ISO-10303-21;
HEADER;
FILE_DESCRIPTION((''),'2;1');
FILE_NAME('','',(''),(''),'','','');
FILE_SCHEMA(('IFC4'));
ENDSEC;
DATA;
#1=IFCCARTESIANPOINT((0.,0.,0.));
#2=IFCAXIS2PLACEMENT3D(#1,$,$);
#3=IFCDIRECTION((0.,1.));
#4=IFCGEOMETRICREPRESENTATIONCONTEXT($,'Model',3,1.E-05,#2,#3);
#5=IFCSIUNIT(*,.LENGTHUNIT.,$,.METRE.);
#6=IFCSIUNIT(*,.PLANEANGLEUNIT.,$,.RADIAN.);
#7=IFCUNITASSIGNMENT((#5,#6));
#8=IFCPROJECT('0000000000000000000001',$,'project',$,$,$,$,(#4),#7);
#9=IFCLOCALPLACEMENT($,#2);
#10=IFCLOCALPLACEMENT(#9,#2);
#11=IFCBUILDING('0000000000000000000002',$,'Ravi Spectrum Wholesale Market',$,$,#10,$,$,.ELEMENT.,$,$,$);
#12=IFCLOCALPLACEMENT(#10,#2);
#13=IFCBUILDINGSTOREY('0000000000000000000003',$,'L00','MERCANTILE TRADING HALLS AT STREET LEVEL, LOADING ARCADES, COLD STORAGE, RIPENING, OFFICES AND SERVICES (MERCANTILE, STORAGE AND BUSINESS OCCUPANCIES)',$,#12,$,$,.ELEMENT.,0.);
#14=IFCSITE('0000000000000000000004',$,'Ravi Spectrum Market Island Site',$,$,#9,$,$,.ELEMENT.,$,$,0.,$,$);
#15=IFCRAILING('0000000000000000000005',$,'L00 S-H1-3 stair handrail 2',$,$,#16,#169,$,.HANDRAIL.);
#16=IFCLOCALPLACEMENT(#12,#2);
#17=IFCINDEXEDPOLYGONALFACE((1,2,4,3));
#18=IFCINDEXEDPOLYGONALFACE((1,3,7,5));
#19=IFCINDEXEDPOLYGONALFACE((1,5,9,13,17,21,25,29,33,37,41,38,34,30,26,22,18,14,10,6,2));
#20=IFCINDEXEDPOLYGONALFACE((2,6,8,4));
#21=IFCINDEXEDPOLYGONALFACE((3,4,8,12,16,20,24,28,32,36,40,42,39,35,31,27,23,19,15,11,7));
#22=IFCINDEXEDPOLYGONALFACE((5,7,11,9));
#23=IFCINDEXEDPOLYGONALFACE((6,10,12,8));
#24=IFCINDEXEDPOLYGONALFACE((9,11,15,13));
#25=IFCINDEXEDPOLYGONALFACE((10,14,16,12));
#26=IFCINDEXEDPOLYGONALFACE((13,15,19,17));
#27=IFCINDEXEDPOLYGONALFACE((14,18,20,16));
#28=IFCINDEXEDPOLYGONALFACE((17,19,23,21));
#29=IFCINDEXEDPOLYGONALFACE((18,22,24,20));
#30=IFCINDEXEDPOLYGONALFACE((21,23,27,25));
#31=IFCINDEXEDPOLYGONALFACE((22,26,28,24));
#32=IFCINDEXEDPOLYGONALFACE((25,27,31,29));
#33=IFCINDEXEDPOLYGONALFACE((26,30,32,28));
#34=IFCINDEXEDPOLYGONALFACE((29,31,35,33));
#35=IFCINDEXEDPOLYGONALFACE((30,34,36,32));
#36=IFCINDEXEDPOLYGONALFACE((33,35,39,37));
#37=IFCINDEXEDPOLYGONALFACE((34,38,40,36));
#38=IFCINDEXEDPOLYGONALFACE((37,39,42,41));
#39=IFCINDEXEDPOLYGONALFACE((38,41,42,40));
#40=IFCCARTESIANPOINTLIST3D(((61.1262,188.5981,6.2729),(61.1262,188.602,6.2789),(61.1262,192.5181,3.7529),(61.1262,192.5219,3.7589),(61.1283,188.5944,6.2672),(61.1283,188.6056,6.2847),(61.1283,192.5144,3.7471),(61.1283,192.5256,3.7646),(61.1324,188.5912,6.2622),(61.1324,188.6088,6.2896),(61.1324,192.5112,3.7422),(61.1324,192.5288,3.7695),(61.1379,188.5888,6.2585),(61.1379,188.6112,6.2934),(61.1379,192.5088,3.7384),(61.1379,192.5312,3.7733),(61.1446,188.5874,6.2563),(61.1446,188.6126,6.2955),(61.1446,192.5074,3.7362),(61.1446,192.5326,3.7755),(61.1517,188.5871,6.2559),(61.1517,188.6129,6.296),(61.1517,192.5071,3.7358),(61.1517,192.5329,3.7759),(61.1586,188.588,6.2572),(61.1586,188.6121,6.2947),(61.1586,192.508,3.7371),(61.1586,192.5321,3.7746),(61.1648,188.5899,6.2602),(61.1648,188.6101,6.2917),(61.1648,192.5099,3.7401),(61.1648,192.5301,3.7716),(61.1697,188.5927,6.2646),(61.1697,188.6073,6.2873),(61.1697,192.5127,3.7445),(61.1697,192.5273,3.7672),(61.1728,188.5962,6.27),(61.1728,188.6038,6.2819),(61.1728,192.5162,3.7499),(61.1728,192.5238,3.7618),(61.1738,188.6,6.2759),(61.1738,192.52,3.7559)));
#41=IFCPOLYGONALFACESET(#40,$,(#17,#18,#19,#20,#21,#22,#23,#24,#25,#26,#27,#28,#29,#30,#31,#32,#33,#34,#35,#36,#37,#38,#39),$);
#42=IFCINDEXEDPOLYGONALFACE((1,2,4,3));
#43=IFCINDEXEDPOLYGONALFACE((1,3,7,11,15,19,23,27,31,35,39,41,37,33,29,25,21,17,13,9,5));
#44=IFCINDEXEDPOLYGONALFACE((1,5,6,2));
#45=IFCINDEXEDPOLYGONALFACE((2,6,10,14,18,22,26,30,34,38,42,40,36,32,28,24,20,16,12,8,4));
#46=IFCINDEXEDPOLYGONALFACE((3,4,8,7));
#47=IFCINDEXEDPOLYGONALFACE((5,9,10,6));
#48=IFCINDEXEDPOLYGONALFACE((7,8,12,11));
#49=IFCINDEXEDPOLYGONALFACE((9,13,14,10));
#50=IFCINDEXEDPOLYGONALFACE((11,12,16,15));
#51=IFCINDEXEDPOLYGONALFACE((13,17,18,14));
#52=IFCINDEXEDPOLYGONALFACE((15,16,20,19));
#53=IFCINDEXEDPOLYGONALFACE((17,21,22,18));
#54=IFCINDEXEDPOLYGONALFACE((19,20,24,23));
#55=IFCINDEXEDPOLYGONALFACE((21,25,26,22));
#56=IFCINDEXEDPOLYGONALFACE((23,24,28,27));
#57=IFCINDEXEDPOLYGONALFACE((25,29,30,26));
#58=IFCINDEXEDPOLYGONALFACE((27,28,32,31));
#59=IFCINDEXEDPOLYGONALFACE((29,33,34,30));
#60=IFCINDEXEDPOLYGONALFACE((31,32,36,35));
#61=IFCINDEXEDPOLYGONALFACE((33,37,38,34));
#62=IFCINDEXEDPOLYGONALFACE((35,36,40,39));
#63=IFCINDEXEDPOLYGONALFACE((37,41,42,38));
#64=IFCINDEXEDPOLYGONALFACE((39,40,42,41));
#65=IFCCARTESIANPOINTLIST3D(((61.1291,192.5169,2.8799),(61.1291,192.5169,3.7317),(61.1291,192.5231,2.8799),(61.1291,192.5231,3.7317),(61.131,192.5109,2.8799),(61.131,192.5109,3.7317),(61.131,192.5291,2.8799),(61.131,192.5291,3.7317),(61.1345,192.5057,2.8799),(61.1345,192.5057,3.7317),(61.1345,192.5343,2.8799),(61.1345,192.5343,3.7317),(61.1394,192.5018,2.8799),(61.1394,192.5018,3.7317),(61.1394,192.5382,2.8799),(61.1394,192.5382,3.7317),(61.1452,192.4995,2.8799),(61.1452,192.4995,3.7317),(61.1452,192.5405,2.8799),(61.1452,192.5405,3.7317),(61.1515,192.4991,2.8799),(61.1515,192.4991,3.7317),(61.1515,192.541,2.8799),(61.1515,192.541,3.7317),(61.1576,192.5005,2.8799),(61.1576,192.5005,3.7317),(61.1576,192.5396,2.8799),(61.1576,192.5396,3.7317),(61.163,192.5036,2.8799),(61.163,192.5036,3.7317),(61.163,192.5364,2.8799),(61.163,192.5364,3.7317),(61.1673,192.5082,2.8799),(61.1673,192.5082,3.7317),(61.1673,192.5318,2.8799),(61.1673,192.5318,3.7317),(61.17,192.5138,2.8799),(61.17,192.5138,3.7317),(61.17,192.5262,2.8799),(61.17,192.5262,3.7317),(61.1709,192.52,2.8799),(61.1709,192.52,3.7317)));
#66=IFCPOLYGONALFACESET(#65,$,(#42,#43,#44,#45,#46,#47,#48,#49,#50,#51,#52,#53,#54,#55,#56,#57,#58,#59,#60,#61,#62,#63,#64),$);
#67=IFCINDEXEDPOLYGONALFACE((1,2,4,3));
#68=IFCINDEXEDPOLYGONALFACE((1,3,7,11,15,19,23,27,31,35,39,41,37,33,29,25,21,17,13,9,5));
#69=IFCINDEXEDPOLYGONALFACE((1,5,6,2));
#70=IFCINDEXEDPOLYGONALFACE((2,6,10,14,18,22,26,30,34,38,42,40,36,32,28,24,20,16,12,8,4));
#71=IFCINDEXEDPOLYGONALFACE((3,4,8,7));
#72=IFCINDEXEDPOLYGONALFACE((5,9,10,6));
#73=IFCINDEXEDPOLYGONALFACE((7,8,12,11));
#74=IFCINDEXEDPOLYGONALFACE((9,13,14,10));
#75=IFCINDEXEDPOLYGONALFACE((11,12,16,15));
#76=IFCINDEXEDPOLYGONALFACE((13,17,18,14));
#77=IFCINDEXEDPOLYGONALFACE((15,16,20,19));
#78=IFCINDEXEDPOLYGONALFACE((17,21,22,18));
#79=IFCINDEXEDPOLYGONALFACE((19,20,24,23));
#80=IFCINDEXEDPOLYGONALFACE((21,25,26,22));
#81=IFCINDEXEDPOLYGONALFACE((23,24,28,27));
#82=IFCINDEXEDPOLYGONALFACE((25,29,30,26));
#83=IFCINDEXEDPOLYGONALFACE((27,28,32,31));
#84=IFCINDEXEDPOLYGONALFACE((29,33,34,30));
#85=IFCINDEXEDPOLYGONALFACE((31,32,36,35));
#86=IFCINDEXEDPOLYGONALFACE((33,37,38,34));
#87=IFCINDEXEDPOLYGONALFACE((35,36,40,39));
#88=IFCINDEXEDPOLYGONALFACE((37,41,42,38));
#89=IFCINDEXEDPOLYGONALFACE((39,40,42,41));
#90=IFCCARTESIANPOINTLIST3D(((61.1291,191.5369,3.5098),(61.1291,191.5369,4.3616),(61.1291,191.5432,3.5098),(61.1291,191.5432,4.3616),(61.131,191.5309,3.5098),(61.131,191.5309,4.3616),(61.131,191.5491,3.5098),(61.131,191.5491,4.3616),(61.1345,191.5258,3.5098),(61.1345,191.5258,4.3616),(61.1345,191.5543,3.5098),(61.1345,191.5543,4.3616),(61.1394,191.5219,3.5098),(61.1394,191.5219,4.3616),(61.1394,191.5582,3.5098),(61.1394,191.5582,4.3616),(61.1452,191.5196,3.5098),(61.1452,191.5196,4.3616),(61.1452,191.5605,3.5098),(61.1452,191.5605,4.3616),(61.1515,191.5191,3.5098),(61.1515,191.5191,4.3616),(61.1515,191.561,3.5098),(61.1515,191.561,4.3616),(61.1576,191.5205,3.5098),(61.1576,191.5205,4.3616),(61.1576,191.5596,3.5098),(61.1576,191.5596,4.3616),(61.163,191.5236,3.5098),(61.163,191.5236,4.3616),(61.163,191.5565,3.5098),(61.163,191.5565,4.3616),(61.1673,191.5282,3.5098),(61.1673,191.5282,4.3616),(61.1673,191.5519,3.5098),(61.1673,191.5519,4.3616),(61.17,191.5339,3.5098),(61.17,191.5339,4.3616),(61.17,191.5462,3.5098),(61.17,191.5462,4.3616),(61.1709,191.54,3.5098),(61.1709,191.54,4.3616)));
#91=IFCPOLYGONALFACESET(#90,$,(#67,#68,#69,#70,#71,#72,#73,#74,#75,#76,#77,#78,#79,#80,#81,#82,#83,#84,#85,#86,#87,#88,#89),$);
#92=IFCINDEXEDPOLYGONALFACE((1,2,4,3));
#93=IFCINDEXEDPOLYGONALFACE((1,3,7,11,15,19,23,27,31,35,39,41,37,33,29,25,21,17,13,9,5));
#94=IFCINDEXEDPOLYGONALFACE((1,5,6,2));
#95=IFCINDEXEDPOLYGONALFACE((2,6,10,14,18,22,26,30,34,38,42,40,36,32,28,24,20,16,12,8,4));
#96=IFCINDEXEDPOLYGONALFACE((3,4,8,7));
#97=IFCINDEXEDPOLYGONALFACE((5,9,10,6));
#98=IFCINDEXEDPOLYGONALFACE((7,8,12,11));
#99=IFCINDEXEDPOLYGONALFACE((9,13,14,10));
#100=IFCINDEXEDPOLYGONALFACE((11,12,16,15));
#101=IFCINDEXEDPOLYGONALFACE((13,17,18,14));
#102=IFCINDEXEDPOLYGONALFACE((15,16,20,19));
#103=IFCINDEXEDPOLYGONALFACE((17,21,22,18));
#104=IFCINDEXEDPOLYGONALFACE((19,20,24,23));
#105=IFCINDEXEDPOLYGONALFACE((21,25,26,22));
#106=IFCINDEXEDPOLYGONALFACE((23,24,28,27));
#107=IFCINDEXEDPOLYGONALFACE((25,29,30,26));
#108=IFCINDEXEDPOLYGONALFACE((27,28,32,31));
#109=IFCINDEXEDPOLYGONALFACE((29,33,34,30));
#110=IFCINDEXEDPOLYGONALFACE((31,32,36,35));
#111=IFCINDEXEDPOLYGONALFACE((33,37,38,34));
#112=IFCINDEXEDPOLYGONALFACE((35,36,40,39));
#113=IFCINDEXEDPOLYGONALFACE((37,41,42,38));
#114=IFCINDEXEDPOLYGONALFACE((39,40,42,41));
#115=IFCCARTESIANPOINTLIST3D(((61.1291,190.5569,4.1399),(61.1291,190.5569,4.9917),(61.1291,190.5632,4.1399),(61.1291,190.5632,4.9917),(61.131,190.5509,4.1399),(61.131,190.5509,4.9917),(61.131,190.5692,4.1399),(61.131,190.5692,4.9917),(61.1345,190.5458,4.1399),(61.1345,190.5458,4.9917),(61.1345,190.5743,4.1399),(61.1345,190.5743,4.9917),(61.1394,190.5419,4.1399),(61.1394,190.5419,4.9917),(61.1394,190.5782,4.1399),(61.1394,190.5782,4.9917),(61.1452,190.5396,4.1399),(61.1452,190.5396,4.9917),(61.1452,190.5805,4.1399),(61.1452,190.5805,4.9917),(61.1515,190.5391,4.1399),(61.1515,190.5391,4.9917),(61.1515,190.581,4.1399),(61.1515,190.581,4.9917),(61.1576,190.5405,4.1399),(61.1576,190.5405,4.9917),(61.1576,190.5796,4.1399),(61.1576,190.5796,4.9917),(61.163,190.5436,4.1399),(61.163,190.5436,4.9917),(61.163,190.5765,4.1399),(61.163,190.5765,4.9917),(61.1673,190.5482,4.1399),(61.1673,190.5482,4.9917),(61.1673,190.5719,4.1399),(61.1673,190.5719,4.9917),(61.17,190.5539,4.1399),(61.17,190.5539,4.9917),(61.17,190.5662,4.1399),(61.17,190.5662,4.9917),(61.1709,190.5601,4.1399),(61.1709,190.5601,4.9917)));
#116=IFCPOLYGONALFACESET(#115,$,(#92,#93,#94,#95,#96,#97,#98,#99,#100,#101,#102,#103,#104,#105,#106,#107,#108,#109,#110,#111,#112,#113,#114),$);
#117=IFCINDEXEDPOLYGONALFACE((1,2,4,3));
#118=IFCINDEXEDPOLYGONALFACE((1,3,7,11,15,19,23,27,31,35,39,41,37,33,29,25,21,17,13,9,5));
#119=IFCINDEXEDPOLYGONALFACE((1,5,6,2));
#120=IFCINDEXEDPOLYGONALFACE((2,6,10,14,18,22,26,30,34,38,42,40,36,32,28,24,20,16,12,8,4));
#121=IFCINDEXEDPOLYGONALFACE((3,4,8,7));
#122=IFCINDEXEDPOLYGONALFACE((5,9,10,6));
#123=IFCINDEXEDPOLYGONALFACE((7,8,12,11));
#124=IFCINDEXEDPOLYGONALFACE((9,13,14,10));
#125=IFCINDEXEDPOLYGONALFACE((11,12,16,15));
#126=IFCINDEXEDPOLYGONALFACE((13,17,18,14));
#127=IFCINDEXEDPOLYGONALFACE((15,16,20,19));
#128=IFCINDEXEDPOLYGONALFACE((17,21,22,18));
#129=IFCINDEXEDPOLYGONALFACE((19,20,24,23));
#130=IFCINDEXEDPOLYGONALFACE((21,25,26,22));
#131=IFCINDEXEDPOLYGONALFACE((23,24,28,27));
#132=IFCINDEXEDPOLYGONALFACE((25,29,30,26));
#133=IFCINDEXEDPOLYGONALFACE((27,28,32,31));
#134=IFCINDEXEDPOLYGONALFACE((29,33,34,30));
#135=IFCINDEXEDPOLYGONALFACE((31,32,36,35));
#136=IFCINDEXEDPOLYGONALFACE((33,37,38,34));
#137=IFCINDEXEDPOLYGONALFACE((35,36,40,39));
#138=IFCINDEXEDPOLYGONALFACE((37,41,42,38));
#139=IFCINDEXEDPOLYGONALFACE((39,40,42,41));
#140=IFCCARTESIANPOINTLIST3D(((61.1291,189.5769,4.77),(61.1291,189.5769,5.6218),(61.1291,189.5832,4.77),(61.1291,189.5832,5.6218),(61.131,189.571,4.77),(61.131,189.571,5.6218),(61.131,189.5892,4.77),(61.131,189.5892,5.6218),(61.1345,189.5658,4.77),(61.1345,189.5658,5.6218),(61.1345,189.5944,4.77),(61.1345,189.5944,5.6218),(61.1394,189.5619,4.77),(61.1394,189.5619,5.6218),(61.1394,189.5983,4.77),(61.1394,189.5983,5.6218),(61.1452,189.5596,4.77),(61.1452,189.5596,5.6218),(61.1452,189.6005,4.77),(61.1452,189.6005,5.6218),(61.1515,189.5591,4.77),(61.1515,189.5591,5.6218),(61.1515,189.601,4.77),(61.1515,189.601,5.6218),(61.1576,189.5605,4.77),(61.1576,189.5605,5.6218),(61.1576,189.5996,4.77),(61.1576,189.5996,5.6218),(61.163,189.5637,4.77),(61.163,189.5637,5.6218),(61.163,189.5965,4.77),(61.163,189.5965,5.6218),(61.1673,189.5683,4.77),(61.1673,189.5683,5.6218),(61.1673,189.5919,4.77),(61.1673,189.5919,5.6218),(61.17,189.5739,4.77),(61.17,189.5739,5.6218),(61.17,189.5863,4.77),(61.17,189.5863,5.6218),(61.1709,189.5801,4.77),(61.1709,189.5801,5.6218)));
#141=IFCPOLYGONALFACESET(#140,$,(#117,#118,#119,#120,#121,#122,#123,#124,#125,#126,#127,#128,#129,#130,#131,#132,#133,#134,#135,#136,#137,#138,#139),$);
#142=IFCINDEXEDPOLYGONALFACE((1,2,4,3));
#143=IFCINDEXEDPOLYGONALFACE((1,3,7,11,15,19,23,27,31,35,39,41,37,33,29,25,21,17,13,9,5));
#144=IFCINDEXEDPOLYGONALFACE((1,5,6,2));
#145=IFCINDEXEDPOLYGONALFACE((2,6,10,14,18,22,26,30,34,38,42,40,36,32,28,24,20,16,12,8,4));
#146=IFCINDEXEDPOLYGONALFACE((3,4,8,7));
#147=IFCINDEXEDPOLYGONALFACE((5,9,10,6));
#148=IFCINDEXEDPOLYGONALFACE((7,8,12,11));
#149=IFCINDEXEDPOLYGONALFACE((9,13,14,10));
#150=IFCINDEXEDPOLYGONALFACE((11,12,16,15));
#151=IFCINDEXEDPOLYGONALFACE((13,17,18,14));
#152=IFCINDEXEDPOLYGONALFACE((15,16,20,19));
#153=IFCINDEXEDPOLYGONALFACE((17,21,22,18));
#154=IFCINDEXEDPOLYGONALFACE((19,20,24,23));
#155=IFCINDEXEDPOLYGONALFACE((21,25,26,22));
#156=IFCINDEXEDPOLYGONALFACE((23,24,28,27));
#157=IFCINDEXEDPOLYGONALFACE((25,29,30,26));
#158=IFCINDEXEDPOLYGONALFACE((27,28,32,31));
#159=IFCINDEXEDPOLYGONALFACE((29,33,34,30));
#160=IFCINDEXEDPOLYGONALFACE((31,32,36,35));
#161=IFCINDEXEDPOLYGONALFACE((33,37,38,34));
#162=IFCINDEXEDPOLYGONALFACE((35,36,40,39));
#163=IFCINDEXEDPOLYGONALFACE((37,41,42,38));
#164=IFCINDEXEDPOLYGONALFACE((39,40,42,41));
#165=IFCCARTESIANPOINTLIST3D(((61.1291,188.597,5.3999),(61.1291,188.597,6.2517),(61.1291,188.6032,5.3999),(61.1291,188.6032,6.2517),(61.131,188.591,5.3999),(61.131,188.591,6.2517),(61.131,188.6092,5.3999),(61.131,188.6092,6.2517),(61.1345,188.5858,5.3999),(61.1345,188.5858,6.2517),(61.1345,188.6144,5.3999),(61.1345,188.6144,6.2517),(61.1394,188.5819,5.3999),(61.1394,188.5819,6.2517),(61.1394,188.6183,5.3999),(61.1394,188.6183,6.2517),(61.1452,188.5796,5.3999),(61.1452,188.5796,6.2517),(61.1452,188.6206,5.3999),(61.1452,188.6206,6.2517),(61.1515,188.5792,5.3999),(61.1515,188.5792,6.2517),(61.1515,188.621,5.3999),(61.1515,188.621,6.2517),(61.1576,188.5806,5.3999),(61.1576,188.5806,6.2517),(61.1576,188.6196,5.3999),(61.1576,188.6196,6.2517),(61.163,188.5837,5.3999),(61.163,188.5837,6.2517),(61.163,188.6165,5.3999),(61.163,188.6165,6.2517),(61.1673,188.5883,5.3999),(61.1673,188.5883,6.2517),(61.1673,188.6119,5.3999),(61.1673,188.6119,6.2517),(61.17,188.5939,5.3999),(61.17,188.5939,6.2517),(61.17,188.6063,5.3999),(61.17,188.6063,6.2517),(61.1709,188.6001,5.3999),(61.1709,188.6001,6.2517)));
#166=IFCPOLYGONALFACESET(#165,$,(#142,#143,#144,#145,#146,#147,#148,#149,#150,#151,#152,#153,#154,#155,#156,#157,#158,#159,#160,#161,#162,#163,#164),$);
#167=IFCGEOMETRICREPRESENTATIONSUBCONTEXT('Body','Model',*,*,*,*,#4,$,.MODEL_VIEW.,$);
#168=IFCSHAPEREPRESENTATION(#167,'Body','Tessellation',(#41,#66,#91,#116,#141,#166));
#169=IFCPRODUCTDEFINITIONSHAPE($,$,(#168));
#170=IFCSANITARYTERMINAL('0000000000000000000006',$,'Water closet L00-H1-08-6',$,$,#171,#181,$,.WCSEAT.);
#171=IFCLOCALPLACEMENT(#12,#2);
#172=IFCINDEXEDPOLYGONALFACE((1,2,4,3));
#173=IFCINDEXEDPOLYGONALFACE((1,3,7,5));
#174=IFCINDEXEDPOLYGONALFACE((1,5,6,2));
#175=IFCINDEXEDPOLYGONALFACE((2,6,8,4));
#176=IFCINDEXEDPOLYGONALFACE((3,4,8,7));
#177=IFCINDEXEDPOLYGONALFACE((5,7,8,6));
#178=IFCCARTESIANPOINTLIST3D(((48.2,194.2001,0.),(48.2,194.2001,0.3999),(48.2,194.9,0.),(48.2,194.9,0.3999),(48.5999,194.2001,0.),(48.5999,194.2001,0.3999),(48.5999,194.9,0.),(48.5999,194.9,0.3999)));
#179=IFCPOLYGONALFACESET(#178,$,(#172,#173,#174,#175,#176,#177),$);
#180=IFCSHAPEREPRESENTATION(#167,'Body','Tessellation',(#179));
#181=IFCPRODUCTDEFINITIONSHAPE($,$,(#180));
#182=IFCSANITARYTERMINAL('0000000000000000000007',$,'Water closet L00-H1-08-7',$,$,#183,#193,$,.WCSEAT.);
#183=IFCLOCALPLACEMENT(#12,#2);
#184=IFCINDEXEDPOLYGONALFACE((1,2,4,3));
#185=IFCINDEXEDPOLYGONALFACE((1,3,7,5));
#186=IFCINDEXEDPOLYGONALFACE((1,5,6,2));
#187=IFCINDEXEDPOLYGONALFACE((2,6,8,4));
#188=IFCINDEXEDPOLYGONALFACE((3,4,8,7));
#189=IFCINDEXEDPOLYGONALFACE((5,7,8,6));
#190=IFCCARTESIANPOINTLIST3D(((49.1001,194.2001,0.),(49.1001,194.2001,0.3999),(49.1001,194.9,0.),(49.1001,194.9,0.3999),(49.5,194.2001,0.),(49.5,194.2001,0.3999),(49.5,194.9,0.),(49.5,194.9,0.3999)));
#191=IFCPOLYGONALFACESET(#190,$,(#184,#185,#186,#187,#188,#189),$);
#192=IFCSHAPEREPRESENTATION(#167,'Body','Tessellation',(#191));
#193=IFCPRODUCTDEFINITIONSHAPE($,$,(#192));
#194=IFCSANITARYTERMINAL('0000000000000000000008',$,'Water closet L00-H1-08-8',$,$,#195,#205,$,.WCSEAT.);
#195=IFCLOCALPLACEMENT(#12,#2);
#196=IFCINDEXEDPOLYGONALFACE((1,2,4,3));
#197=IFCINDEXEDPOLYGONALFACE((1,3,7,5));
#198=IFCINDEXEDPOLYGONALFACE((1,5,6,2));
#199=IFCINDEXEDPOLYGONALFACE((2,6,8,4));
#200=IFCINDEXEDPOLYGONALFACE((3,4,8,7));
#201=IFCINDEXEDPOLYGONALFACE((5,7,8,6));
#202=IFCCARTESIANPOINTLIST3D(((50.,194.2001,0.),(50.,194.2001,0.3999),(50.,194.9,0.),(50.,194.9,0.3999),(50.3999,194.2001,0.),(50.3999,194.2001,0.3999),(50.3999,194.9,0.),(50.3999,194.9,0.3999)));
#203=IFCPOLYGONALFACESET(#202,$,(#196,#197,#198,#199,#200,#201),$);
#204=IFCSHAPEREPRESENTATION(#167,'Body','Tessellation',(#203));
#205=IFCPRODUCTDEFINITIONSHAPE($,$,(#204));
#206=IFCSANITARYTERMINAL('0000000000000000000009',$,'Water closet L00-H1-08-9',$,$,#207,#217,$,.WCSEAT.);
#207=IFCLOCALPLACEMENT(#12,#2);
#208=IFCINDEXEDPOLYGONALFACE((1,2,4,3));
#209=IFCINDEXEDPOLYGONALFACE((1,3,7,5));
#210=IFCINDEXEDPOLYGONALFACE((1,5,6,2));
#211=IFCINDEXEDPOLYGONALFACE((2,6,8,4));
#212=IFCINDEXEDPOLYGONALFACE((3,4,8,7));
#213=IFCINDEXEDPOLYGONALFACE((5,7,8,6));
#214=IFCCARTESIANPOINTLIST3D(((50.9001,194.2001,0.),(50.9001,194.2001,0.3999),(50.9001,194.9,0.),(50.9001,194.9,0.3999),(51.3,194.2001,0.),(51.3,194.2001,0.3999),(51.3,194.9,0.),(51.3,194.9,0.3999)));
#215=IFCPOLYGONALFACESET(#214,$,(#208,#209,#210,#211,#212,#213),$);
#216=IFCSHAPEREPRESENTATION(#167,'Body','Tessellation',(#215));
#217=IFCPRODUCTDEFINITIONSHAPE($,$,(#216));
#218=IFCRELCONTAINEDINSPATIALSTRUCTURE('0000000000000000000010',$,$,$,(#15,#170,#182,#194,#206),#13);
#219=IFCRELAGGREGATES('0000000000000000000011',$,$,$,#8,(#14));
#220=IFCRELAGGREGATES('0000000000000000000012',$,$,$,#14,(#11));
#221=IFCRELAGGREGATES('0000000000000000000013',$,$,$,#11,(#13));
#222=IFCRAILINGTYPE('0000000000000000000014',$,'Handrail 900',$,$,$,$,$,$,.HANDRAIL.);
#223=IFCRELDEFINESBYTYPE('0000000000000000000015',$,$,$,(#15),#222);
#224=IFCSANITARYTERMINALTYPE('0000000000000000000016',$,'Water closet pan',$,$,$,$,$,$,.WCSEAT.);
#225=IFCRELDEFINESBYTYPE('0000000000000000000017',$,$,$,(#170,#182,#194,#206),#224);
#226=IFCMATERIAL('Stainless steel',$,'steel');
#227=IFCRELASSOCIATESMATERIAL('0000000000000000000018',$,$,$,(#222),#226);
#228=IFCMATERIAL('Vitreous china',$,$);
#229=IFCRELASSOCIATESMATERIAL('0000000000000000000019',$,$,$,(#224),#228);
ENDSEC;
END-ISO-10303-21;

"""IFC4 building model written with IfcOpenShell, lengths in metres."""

from ifc_helpers import new_model, si_unit, direction, frame, origin, origin_2d, place, context, subcontext, project, spatial, rectangle, circle, extrude, material, type_object, element, save


model = new_model("IFC4")

# Units and contexts
model_context = context("Model", 3, precision=1e-05, world=origin(), true_north=direction((0.0, 1.0)))
body_context = subcontext(model_context, "Body", "Model", "MODEL_VIEW")
ifc_project = project(units=[si_unit("LENGTHUNIT", "METRE"), si_unit("PLANEANGLEUNIT", "RADIAN")], contexts=[model_context])

# Site, building, storey
site_placement = place(None, origin())
site = spatial("IfcSite", under=ifc_project, at=site_placement, Name="Ravi Spectrum Market Island Site", CompositionType="ELEMENT", RefElevation=0.0)
building_placement = place(site_placement, origin())
building = spatial("IfcBuilding", under=site, at=building_placement, Name="Ravi Spectrum Wholesale Market", CompositionType="ELEMENT")
storey_placement = place(building_placement, origin())
storey = spatial("IfcBuildingStorey", under=building, at=storey_placement, Name="L00", Description="MERCANTILE TRADING HALLS AT STREET LEVEL, LOADING ARCADES, COLD STORAGE, RIPENING, OFFICES AND SERVICES (MERCANTILE, STORAGE AND BUSINESS OCCUPANCIES)", CompositionType="ELEMENT", Elevation=0.0)

# Railing
ifc_material_1 = material(Name="Stainless steel", Category="steel")
railing_type_1 = type_object("IfcRailingType", Name="Handrail 900", PredefinedType="HANDRAIL", material=ifc_material_1)
railing_1_placement = place(storey_placement, frame((61.1499, 192.52, 2.8799)))
element("IfcRailing", 1, at=railing_1_placement, inside=storey, type_object=railing_type_1, Name="L00 S-H1-3 stair handrail 2", PredefinedType="HANDRAIL", context=body_context, shape_type="SweptSolid", body=[
    extrude(circle(Radius=0.0239, at=origin_2d()), frame((0.0, 0.0, 0.876), z_axis=(0.0, -0.841172, 0.540768), x_axis=(1.0, 0.0, 0.0)), (0.0, 0.0, 1.0), 4.6602),
    extrude(circle(Radius=0.021, at=origin_2d()), origin(), (0.0, 0.0, 1.0), 0.8518),
    extrude(circle(Radius=0.021, at=origin_2d()), frame((0.0, -0.98, 0.6299)), (0.0, 0.0, 1.0), 0.8518),
    extrude(circle(Radius=0.021, at=origin_2d()), frame((0.0, -1.96, 1.26)), (0.0, 0.0, 1.0), 0.8518),
    extrude(circle(Radius=0.021, at=origin_2d()), frame((0.0, -2.9399, 1.8901)), (0.0, 0.0, 1.0), 0.8518),
    extrude(circle(Radius=0.021, at=origin_2d()), frame((0.0, -3.9199, 2.52)), (0.0, 0.0, 1.0), 0.8518),
])

# Sanitary terminals
ifc_material_2 = material(Name="Vitreous china")
sanitary_terminal_type = type_object("IfcSanitaryTerminalType", Name="Water closet pan", PredefinedType="WCSEAT", material=ifc_material_2)
for number, where, z_axis, x_axis, name in (
    (2, (48.3999, 194.55, 0.0), (0.0, 0.0, 1.0), (1.0, 0.0, 0.0), "Water closet L00-H1-08-6"),
    (3, (49.3, 194.55, 0.0), (0.0, 0.0, 1.0), (1.0, 0.0, 0.0), "Water closet L00-H1-08-7"),
    (4, (50.2, 194.55, 0.0), (0.0, 0.0, 1.0), (1.0, 0.0, 0.0), "Water closet L00-H1-08-8"),
    (5, (51.1001, 194.55, 0.0), (0.0, 0.0, 1.0), (1.0, 0.0, 0.0), "Water closet L00-H1-08-9"),
):
    element("IfcSanitaryTerminal", number, at=place(storey_placement, frame(where, z_axis=z_axis, x_axis=x_axis)), inside=storey, type_object=sanitary_terminal_type, Name=name, PredefinedType="WCSEAT", context=body_context, shape_type="SweptSolid", body=[
        extrude(rectangle(XDim=0.3999, YDim=0.7, at=origin_2d()), origin(), (0.0, 0.0, 1.0), 0.3999),
    ])

save(model, "model.ifc")
